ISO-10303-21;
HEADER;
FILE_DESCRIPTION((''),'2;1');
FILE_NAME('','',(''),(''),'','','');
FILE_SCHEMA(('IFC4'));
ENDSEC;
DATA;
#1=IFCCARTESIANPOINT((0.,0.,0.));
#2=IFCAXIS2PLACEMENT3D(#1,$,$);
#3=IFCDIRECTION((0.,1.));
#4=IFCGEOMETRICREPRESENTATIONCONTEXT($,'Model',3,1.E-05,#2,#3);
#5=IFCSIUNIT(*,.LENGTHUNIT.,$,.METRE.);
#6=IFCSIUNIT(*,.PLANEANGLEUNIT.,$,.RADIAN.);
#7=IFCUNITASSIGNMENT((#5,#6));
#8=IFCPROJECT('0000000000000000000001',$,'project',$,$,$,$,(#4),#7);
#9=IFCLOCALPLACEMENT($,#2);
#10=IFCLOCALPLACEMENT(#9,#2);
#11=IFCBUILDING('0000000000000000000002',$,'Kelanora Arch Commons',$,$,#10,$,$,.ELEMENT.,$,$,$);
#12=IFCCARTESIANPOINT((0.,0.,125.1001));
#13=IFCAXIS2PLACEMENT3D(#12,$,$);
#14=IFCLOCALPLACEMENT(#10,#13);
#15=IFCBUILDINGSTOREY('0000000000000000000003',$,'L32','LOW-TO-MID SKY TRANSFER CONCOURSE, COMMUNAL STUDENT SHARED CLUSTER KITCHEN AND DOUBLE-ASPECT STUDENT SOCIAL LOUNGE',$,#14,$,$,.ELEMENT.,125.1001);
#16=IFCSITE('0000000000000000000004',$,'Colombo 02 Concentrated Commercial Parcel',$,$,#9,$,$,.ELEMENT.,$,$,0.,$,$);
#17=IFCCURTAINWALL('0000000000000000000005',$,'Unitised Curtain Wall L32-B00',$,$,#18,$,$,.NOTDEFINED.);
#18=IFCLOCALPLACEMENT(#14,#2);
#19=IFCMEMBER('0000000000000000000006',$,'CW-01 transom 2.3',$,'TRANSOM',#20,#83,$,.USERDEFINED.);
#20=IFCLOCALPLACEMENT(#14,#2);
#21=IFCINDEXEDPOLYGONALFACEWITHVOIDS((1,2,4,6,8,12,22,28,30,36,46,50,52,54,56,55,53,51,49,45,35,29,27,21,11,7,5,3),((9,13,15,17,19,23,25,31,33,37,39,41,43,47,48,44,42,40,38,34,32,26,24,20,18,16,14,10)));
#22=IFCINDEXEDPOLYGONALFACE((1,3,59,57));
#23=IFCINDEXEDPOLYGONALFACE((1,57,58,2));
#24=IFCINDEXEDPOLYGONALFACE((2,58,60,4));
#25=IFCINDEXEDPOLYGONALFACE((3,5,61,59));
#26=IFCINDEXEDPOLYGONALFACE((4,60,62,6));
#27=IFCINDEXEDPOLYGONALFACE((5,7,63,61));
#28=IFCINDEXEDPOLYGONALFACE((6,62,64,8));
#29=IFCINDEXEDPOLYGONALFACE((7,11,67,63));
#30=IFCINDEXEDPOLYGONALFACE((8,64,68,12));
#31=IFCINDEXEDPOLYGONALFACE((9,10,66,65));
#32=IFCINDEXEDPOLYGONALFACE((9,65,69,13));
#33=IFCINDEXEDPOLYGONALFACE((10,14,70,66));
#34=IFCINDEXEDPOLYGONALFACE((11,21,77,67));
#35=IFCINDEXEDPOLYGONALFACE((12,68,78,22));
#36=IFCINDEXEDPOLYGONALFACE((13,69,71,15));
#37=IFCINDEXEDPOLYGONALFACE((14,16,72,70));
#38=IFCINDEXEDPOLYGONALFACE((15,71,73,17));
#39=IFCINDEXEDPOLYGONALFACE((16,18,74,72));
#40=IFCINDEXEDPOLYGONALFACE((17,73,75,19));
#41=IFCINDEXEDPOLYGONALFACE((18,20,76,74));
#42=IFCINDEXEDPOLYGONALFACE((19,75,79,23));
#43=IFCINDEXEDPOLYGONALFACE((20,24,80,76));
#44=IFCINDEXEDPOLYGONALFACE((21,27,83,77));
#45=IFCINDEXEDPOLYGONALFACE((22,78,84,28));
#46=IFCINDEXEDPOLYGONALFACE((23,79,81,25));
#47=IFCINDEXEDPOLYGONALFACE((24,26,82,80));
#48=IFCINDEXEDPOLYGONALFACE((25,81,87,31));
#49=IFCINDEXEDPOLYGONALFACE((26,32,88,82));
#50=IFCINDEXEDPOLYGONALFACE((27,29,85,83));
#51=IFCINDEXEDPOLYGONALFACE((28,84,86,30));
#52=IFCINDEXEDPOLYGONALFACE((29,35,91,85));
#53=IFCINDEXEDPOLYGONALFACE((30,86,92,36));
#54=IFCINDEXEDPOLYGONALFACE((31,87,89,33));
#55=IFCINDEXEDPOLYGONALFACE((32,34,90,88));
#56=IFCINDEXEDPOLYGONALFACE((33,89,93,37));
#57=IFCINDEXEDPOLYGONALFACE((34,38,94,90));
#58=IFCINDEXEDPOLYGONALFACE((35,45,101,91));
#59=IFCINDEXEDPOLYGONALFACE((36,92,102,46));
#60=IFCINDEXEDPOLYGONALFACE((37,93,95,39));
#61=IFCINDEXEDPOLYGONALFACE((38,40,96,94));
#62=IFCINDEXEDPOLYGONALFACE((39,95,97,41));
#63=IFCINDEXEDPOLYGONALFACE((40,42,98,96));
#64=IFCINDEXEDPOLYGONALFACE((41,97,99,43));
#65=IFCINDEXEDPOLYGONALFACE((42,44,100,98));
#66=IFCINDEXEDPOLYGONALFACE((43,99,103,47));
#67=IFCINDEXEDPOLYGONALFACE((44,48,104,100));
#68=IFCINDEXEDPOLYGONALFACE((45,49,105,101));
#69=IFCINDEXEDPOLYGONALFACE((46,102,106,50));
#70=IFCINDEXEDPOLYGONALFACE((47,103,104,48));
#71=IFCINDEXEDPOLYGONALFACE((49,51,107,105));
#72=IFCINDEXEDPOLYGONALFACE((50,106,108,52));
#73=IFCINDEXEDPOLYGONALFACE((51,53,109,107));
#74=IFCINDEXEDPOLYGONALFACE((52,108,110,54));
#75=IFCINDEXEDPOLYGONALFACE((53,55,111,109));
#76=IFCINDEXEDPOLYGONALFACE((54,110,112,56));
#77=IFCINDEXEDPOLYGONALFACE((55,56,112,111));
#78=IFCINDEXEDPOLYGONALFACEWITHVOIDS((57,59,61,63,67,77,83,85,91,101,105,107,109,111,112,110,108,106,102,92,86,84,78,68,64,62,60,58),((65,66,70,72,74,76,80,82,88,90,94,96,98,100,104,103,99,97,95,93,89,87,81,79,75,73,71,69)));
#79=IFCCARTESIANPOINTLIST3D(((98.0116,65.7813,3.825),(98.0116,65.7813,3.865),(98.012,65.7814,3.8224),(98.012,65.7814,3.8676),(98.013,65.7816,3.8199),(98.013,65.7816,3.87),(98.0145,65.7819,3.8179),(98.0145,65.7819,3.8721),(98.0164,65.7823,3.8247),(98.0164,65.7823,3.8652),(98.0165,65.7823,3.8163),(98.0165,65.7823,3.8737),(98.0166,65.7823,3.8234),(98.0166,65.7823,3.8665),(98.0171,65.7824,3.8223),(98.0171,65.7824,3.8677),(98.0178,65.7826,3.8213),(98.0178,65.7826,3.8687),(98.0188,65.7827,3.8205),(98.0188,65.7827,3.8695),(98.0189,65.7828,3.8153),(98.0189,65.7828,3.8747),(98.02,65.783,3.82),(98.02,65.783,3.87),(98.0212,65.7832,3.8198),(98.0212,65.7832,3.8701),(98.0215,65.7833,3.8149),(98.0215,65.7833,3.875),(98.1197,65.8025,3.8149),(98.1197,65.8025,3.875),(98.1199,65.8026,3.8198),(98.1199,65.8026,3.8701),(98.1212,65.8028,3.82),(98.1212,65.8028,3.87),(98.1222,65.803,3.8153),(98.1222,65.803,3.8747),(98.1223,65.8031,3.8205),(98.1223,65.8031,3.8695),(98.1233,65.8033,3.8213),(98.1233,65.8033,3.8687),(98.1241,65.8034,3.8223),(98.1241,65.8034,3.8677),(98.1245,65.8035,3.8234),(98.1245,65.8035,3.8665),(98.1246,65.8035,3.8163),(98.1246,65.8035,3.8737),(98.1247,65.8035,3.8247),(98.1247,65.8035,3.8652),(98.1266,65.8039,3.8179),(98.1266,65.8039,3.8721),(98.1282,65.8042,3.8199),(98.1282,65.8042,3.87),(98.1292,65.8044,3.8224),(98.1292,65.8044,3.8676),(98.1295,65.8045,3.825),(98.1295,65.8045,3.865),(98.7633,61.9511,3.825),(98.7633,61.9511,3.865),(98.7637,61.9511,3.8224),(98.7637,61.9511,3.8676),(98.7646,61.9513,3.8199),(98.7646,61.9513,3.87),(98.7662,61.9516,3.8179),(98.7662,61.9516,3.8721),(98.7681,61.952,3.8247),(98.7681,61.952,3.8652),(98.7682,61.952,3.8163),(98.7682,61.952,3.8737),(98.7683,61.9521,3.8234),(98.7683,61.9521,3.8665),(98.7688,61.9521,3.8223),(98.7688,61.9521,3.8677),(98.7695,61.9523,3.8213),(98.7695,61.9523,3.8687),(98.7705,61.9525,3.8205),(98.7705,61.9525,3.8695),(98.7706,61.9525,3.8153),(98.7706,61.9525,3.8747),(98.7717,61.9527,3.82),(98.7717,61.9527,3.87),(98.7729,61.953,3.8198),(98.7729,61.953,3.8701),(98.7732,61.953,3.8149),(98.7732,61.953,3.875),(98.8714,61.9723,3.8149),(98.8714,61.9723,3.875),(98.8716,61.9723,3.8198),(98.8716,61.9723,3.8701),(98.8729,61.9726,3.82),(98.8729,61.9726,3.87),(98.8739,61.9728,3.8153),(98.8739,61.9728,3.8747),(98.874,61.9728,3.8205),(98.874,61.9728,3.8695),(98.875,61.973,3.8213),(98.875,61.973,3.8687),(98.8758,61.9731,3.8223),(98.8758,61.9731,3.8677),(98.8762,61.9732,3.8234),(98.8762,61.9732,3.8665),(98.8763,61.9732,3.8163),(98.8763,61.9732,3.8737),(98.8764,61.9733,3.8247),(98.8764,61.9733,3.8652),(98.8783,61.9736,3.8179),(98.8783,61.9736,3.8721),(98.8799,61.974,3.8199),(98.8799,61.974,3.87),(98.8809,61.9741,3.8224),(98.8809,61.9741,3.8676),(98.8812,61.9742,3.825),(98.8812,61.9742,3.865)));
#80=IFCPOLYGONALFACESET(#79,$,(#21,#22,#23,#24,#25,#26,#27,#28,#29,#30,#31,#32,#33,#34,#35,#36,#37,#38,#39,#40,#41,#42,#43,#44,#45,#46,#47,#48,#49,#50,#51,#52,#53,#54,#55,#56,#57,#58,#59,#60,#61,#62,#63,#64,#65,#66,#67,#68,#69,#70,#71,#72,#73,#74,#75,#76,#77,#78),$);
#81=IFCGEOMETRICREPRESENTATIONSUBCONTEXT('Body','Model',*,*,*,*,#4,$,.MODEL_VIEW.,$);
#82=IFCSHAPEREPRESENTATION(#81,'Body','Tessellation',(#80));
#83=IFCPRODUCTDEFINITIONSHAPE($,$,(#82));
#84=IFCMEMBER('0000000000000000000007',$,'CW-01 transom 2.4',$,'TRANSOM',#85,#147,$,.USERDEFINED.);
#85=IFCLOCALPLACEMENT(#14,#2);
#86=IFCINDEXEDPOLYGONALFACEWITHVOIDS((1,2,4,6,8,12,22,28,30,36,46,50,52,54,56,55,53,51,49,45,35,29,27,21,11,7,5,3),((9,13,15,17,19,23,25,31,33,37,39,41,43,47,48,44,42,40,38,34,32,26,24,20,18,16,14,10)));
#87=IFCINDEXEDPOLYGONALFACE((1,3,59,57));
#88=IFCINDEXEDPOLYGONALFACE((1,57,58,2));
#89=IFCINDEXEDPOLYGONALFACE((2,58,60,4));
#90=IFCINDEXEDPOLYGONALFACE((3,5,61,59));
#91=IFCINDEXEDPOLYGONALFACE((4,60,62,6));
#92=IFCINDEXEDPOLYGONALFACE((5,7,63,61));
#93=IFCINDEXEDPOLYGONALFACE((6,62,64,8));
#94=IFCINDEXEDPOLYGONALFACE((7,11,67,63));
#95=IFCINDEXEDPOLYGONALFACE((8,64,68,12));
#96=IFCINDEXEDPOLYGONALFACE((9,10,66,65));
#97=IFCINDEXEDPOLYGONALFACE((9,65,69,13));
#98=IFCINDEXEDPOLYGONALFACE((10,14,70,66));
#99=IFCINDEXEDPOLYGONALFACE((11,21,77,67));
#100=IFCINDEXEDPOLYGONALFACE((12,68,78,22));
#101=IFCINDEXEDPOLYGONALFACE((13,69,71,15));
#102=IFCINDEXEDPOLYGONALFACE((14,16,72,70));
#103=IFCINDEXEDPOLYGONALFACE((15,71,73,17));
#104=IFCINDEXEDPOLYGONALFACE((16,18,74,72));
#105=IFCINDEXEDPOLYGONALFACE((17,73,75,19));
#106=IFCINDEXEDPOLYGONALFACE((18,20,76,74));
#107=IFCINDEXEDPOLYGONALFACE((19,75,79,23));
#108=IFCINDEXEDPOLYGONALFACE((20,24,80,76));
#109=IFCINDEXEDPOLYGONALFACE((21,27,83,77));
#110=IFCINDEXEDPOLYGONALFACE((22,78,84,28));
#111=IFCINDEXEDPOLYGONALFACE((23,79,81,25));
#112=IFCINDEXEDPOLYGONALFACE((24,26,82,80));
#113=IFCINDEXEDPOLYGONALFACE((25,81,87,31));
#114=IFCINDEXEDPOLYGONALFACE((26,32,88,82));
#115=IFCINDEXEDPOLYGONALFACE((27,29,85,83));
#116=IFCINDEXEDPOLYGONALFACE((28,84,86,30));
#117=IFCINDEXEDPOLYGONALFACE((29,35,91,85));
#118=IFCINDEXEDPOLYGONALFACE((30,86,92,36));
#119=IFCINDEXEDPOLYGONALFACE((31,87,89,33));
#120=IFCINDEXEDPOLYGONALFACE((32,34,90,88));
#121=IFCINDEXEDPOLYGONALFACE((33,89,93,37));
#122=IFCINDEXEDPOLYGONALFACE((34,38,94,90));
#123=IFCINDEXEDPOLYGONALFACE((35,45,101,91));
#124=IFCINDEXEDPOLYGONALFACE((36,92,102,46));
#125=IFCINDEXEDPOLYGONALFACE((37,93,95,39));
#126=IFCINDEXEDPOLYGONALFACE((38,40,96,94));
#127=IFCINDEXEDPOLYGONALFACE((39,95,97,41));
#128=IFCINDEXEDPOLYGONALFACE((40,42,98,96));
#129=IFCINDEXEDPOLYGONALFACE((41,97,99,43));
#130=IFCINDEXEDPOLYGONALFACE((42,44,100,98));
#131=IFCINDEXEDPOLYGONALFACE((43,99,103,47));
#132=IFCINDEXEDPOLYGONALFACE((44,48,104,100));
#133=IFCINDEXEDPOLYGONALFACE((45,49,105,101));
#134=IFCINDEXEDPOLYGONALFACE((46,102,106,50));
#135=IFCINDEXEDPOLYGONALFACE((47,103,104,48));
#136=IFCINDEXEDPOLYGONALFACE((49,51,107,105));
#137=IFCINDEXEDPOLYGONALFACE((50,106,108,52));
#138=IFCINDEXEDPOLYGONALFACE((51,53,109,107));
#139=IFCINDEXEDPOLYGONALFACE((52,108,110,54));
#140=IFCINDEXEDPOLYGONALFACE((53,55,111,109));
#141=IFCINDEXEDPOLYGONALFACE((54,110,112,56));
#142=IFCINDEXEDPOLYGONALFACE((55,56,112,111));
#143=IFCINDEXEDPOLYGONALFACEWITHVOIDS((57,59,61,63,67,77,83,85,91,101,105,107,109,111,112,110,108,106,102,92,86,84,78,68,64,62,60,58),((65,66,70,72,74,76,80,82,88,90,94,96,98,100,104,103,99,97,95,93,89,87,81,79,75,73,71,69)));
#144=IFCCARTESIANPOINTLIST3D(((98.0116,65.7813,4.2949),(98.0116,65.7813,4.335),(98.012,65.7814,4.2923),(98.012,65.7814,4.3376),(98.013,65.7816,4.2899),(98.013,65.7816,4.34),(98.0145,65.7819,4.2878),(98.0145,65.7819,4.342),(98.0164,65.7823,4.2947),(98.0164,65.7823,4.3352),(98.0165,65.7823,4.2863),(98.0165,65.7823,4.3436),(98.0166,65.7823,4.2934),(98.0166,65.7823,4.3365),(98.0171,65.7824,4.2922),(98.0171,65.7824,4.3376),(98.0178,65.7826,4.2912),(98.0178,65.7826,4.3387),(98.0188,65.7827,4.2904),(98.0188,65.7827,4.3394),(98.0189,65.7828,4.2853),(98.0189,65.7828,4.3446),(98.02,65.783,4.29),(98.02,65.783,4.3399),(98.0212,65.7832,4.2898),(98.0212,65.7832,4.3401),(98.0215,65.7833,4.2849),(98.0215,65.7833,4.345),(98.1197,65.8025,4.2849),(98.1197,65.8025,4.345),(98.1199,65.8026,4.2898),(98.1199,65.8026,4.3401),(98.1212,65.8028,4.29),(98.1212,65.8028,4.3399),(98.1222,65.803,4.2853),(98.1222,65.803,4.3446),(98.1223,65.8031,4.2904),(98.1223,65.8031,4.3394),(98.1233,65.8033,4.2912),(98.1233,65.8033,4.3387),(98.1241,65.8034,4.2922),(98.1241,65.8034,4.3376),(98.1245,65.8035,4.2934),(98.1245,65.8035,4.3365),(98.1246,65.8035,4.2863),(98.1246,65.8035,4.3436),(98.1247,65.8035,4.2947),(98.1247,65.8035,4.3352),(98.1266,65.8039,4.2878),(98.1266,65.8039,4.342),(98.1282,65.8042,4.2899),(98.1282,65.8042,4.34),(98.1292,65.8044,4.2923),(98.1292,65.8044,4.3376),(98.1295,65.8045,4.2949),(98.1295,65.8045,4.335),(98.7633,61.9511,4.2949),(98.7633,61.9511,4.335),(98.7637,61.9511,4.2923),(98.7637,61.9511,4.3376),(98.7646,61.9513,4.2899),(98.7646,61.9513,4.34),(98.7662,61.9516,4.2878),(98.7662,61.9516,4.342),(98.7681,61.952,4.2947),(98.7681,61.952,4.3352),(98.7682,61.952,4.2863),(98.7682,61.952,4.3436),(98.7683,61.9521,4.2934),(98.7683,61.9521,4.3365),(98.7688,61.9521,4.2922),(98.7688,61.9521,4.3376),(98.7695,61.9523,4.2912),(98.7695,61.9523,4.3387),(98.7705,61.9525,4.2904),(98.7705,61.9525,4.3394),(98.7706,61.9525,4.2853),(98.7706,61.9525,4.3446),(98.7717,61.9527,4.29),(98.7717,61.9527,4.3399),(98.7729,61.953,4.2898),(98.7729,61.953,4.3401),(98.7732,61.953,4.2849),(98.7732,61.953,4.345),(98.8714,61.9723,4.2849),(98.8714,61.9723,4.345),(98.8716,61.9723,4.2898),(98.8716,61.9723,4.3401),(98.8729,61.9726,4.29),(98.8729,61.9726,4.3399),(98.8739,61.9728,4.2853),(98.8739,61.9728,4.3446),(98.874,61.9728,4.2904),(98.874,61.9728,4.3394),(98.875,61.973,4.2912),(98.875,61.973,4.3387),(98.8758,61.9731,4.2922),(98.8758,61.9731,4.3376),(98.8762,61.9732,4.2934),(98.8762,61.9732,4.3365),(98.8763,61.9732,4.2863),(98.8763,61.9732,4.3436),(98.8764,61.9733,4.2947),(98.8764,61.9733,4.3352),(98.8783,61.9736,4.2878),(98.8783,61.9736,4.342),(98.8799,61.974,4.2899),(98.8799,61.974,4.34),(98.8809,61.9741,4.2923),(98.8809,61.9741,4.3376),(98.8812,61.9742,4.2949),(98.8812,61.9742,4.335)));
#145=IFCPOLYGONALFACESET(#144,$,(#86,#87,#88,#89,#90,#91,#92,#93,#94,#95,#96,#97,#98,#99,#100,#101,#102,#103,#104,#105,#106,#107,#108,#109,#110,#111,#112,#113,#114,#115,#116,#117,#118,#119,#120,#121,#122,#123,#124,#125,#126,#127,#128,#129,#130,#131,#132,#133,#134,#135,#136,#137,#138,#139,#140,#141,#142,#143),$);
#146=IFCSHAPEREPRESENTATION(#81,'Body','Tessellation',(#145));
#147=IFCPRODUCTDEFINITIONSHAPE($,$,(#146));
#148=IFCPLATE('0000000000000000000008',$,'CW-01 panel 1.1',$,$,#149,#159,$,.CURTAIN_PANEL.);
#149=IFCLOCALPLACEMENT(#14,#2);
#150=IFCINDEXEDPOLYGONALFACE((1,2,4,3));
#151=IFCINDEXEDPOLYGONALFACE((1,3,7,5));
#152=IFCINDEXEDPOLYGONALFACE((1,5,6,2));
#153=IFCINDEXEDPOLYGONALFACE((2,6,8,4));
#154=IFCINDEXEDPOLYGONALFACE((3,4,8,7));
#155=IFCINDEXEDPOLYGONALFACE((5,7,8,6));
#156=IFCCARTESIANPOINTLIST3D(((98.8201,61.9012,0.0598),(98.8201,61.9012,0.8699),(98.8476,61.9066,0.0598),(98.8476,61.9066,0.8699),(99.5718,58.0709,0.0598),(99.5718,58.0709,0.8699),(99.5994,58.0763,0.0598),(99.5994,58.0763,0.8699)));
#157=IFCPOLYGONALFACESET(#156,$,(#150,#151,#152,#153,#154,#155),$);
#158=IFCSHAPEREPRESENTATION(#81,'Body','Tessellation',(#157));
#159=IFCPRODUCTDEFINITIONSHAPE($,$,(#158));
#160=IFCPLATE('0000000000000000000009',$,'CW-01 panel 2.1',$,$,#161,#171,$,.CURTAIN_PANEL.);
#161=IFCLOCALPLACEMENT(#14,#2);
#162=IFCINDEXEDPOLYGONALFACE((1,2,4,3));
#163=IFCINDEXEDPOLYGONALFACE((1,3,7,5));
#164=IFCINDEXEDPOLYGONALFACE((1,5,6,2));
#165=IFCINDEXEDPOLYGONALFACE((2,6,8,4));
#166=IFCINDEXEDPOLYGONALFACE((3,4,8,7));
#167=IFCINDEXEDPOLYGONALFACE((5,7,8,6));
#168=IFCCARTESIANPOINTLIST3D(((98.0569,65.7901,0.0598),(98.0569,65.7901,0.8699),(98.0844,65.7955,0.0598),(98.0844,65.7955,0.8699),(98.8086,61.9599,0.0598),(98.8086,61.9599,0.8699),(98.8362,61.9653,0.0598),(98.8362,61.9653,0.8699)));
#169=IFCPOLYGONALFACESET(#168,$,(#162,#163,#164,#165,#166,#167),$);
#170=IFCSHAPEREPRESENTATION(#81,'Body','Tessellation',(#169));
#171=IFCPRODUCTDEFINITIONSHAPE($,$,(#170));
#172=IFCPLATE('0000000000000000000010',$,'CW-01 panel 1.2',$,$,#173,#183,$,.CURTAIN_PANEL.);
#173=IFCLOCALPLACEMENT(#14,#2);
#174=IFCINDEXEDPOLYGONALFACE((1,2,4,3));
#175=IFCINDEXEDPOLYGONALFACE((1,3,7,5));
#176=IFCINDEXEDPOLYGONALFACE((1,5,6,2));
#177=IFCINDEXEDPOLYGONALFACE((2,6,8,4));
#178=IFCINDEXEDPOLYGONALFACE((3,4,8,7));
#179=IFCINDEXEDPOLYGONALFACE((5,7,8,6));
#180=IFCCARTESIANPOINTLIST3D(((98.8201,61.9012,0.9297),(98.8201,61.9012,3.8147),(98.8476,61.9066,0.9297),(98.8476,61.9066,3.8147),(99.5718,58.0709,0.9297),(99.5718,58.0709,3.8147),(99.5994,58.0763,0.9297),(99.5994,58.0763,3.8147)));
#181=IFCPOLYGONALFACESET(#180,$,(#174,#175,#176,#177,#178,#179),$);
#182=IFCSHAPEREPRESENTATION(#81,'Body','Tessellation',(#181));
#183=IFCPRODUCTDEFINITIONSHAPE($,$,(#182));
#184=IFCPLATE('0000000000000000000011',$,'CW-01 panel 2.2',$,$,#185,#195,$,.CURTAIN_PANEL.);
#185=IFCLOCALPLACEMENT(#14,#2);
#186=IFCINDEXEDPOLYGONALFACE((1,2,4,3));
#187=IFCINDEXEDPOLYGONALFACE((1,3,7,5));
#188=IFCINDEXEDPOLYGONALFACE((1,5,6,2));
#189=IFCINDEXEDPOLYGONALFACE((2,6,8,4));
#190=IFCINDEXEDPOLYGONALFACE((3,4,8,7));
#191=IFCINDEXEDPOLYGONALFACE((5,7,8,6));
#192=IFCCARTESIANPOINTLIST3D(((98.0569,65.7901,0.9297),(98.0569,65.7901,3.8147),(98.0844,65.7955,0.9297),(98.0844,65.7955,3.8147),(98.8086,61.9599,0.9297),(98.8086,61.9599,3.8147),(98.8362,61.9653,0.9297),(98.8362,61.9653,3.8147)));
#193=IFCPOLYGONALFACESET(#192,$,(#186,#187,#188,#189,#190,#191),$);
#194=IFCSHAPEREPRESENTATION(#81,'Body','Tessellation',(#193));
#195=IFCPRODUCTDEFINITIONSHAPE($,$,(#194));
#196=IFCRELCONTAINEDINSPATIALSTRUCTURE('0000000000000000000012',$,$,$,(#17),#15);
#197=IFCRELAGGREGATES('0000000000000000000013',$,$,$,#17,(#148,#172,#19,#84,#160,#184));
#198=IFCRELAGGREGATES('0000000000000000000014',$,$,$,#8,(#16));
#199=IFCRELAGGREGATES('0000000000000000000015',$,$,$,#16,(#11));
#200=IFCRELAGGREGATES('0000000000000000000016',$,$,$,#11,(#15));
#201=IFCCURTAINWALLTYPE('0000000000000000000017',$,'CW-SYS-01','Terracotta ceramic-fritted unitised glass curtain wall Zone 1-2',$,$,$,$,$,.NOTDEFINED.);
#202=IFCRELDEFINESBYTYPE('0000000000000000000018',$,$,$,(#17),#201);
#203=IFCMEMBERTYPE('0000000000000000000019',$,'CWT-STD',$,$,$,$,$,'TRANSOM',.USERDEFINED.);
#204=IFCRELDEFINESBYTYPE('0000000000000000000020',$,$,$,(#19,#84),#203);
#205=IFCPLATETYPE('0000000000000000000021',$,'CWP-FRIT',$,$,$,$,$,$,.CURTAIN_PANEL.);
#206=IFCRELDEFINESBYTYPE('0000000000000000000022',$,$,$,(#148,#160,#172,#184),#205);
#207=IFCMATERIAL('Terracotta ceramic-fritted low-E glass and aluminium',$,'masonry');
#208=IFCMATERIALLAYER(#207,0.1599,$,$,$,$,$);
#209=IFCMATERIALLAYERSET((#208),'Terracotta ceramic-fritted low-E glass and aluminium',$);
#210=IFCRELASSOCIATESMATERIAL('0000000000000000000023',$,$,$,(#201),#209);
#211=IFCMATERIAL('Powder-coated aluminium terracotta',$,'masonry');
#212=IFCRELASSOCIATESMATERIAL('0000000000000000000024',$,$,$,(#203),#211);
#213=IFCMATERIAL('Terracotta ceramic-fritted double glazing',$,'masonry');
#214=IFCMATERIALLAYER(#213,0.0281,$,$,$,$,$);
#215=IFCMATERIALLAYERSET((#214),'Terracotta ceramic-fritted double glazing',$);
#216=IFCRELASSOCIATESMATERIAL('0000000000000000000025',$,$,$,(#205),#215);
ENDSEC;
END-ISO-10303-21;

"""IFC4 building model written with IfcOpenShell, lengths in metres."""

from ifc_helpers import new_model, si_unit, direction, frame, origin, origin_2d, place, context, subcontext, project, spatial, rectangle, hollow_rectangle, extrude, source, transform, mapped, material, layer, layer_set, material_profile, profile_set, type_object, element, aggregate, save


model = new_model("IFC4")

# Units and contexts
model_context = context("Model", 3, precision=1e-05, world=origin(), true_north=direction((0.0, 1.0)))
body_context = subcontext(model_context, "Body", "Model", "MODEL_VIEW")
ifc_project = project(units=[si_unit("LENGTHUNIT", "METRE"), si_unit("PLANEANGLEUNIT", "RADIAN")], contexts=[model_context])

# Site, building, storey
site_placement = place(None, origin())
site = spatial("IfcSite", under=ifc_project, at=site_placement, Name="Colombo 02 Concentrated Commercial Parcel", CompositionType="ELEMENT", RefElevation=0.0)
building_placement = place(site_placement, origin())
building = spatial("IfcBuilding", under=site, at=building_placement, Name="Kelanora Arch Commons", CompositionType="ELEMENT")
storey_placement = place(building_placement, frame((0.0, 0.0, 125.1001)))
storey = spatial("IfcBuildingStorey", under=building, at=storey_placement, Name="L32", Description="LOW-TO-MID SKY TRANSFER CONCOURSE, COMMUNAL STUDENT SHARED CLUSTER KITCHEN AND DOUBLE-ASPECT STUDENT SOCIAL LOUNGE", CompositionType="ELEMENT", Elevation=125.1001)

# Curtain wall, members, plates
ifc_material_1 = material(Name="Terracotta ceramic-fritted low-E glass and aluminium", Category="masonry")
ifc_layer_1 = layer(ifc_material_1, 0.1599)
ifc_layer_set_1 = layer_set([ifc_layer_1], Name="Terracotta ceramic-fritted low-E glass and aluminium")
curtain_wall_type = type_object("IfcCurtainWallType", Name="CW-SYS-01", Description="Terracotta ceramic-fritted unitised glass curtain wall Zone 1-2", PredefinedType="NOTDEFINED", material=ifc_layer_set_1)
curtain_wall_placement = place(storey_placement, origin())
curtain_wall = element("IfcCurtainWall", 1, at=curtain_wall_placement, inside=storey, type_object=curtain_wall_type, Name="Unitised Curtain Wall L32-B00", PredefinedType="NOTDEFINED")
ifc_material_2 = material(Name="Powder-coated aluminium terracotta", Category="masonry")
ifc_material_profile_1 = material_profile(ifc_material_2, hollow_rectangle(XDim=0.1201, YDim=0.0601, WallThickness=0.0049, InnerFilletRadius=0.0049, OuterFilletRadius=0.01, at=origin_2d()), Name="CWT120x60")
ifc_profile_set_1 = profile_set([ifc_material_profile_1], Name="Powder-coated aluminium terracotta")
member_type_1 = type_object("IfcMemberType", Name="CWT-STD", ElementType="TRANSOM", PredefinedType="USERDEFINED", material=ifc_profile_set_1)
member_1_placement = place(storey_placement, frame((98.8223, 61.9626, 3.845), z_axis=(-0.192579, 0.981282, 0.0), x_axis=(-0.981282, -0.192579, 0.0)))
member_1 = element("IfcMember", 2, at=member_1_placement, type_object=member_type_1, Name="CW-01 transom 2.3", ObjectType="TRANSOM", PredefinedType="USERDEFINED", context=body_context, shape_type="SweptSolid", body=[
    extrude(hollow_rectangle(XDim=0.1201, YDim=0.0601, WallThickness=0.0049, InnerFilletRadius=0.0049, OuterFilletRadius=0.01, at=origin_2d()), origin(), (0.0, 0.0, 1.0), 3.9033),
])
member_2_placement = place(storey_placement, frame((98.8223, 61.9626, 4.3149), z_axis=(-0.192579, 0.981282, 0.0), x_axis=(-0.981282, -0.192579, 0.0)))
member_2 = element("IfcMember", 3, at=member_2_placement, type_object=member_type_1, Name="CW-01 transom 2.4", ObjectType="TRANSOM", PredefinedType="USERDEFINED", context=body_context, shape_type="SweptSolid", body=[
    extrude(hollow_rectangle(XDim=0.1201, YDim=0.0601, WallThickness=0.0049, InnerFilletRadius=0.0049, OuterFilletRadius=0.01, at=origin_2d()), origin(), (0.0, 0.0, 1.0), 3.9033),
])
ifc_material_3 = material(Name="Terracotta ceramic-fritted double glazing", Category="masonry")
ifc_layer_2 = layer(ifc_material_3, 0.0281)
ifc_layer_set_2 = layer_set([ifc_layer_2], Name="Terracotta ceramic-fritted double glazing")
plate_type = type_object("IfcPlateType", Name="CWP-FRIT", PredefinedType="CURTAIN_PANEL", material=ifc_layer_set_2)
shared_shape_1 = source(origin(), body_context, "Body", "SweptSolid", [
    extrude(rectangle(XDim=3.9033, YDim=0.0281, at=origin_2d()), origin(), (0.0, 0.0, 1.0), 0.8101),
])
plate_1_placement = place(storey_placement, frame((99.2097, 59.9888, 0.0598), z_axis=(0.0, 0.0, 1.0), x_axis=(-0.192585, 0.98128, 0.0)))
plate_1 = element("IfcPlate", 4, at=plate_1_placement, type_object=plate_type, Name="CW-01 panel 1.1", PredefinedType="CURTAIN_PANEL", context=body_context, shape_type="MappedRepresentation", body=[
    mapped(shared_shape_1, transform((0.0, 0.0, 0.0), scale=1.0)),
])
plate_2_placement = place(storey_placement, frame((98.4465, 63.8777, 0.0598), z_axis=(0.0, 0.0, 1.0), x_axis=(-0.192585, 0.98128, 0.0)))
plate_2 = element("IfcPlate", 5, at=plate_2_placement, type_object=plate_type, Name="CW-01 panel 2.1", PredefinedType="CURTAIN_PANEL", context=body_context, shape_type="MappedRepresentation", body=[
    mapped(shared_shape_1, transform((0.0, 0.0, 0.0), scale=1.0)),
])
shared_shape_2 = source(origin(), body_context, "Body", "SweptSolid", [
    extrude(rectangle(XDim=3.9033, YDim=0.0281, at=origin_2d()), origin(), (0.0, 0.0, 1.0), 2.885),
])
plate_3_placement = place(storey_placement, frame((99.2097, 59.9888, 0.9297), z_axis=(0.0, 0.0, 1.0), x_axis=(-0.192585, 0.98128, 0.0)))
plate_3 = element("IfcPlate", 6, at=plate_3_placement, type_object=plate_type, Name="CW-01 panel 1.2", PredefinedType="CURTAIN_PANEL", context=body_context, shape_type="MappedRepresentation", body=[
    mapped(shared_shape_2, transform((0.0, 0.0, 0.0), scale=1.0)),
])
plate_4_placement = place(storey_placement, frame((98.4465, 63.8777, 0.9297), z_axis=(0.0, 0.0, 1.0), x_axis=(-0.192585, 0.98128, 0.0)))
plate_4 = element("IfcPlate", 7, at=plate_4_placement, type_object=plate_type, Name="CW-01 panel 2.2", PredefinedType="CURTAIN_PANEL", context=body_context, shape_type="MappedRepresentation", body=[
    mapped(shared_shape_2, transform((0.0, 0.0, 0.0), scale=1.0)),
])
aggregate(curtain_wall, [plate_1, plate_3, member_1, member_2, plate_2, plate_4])

save(model, "model.ifc")
